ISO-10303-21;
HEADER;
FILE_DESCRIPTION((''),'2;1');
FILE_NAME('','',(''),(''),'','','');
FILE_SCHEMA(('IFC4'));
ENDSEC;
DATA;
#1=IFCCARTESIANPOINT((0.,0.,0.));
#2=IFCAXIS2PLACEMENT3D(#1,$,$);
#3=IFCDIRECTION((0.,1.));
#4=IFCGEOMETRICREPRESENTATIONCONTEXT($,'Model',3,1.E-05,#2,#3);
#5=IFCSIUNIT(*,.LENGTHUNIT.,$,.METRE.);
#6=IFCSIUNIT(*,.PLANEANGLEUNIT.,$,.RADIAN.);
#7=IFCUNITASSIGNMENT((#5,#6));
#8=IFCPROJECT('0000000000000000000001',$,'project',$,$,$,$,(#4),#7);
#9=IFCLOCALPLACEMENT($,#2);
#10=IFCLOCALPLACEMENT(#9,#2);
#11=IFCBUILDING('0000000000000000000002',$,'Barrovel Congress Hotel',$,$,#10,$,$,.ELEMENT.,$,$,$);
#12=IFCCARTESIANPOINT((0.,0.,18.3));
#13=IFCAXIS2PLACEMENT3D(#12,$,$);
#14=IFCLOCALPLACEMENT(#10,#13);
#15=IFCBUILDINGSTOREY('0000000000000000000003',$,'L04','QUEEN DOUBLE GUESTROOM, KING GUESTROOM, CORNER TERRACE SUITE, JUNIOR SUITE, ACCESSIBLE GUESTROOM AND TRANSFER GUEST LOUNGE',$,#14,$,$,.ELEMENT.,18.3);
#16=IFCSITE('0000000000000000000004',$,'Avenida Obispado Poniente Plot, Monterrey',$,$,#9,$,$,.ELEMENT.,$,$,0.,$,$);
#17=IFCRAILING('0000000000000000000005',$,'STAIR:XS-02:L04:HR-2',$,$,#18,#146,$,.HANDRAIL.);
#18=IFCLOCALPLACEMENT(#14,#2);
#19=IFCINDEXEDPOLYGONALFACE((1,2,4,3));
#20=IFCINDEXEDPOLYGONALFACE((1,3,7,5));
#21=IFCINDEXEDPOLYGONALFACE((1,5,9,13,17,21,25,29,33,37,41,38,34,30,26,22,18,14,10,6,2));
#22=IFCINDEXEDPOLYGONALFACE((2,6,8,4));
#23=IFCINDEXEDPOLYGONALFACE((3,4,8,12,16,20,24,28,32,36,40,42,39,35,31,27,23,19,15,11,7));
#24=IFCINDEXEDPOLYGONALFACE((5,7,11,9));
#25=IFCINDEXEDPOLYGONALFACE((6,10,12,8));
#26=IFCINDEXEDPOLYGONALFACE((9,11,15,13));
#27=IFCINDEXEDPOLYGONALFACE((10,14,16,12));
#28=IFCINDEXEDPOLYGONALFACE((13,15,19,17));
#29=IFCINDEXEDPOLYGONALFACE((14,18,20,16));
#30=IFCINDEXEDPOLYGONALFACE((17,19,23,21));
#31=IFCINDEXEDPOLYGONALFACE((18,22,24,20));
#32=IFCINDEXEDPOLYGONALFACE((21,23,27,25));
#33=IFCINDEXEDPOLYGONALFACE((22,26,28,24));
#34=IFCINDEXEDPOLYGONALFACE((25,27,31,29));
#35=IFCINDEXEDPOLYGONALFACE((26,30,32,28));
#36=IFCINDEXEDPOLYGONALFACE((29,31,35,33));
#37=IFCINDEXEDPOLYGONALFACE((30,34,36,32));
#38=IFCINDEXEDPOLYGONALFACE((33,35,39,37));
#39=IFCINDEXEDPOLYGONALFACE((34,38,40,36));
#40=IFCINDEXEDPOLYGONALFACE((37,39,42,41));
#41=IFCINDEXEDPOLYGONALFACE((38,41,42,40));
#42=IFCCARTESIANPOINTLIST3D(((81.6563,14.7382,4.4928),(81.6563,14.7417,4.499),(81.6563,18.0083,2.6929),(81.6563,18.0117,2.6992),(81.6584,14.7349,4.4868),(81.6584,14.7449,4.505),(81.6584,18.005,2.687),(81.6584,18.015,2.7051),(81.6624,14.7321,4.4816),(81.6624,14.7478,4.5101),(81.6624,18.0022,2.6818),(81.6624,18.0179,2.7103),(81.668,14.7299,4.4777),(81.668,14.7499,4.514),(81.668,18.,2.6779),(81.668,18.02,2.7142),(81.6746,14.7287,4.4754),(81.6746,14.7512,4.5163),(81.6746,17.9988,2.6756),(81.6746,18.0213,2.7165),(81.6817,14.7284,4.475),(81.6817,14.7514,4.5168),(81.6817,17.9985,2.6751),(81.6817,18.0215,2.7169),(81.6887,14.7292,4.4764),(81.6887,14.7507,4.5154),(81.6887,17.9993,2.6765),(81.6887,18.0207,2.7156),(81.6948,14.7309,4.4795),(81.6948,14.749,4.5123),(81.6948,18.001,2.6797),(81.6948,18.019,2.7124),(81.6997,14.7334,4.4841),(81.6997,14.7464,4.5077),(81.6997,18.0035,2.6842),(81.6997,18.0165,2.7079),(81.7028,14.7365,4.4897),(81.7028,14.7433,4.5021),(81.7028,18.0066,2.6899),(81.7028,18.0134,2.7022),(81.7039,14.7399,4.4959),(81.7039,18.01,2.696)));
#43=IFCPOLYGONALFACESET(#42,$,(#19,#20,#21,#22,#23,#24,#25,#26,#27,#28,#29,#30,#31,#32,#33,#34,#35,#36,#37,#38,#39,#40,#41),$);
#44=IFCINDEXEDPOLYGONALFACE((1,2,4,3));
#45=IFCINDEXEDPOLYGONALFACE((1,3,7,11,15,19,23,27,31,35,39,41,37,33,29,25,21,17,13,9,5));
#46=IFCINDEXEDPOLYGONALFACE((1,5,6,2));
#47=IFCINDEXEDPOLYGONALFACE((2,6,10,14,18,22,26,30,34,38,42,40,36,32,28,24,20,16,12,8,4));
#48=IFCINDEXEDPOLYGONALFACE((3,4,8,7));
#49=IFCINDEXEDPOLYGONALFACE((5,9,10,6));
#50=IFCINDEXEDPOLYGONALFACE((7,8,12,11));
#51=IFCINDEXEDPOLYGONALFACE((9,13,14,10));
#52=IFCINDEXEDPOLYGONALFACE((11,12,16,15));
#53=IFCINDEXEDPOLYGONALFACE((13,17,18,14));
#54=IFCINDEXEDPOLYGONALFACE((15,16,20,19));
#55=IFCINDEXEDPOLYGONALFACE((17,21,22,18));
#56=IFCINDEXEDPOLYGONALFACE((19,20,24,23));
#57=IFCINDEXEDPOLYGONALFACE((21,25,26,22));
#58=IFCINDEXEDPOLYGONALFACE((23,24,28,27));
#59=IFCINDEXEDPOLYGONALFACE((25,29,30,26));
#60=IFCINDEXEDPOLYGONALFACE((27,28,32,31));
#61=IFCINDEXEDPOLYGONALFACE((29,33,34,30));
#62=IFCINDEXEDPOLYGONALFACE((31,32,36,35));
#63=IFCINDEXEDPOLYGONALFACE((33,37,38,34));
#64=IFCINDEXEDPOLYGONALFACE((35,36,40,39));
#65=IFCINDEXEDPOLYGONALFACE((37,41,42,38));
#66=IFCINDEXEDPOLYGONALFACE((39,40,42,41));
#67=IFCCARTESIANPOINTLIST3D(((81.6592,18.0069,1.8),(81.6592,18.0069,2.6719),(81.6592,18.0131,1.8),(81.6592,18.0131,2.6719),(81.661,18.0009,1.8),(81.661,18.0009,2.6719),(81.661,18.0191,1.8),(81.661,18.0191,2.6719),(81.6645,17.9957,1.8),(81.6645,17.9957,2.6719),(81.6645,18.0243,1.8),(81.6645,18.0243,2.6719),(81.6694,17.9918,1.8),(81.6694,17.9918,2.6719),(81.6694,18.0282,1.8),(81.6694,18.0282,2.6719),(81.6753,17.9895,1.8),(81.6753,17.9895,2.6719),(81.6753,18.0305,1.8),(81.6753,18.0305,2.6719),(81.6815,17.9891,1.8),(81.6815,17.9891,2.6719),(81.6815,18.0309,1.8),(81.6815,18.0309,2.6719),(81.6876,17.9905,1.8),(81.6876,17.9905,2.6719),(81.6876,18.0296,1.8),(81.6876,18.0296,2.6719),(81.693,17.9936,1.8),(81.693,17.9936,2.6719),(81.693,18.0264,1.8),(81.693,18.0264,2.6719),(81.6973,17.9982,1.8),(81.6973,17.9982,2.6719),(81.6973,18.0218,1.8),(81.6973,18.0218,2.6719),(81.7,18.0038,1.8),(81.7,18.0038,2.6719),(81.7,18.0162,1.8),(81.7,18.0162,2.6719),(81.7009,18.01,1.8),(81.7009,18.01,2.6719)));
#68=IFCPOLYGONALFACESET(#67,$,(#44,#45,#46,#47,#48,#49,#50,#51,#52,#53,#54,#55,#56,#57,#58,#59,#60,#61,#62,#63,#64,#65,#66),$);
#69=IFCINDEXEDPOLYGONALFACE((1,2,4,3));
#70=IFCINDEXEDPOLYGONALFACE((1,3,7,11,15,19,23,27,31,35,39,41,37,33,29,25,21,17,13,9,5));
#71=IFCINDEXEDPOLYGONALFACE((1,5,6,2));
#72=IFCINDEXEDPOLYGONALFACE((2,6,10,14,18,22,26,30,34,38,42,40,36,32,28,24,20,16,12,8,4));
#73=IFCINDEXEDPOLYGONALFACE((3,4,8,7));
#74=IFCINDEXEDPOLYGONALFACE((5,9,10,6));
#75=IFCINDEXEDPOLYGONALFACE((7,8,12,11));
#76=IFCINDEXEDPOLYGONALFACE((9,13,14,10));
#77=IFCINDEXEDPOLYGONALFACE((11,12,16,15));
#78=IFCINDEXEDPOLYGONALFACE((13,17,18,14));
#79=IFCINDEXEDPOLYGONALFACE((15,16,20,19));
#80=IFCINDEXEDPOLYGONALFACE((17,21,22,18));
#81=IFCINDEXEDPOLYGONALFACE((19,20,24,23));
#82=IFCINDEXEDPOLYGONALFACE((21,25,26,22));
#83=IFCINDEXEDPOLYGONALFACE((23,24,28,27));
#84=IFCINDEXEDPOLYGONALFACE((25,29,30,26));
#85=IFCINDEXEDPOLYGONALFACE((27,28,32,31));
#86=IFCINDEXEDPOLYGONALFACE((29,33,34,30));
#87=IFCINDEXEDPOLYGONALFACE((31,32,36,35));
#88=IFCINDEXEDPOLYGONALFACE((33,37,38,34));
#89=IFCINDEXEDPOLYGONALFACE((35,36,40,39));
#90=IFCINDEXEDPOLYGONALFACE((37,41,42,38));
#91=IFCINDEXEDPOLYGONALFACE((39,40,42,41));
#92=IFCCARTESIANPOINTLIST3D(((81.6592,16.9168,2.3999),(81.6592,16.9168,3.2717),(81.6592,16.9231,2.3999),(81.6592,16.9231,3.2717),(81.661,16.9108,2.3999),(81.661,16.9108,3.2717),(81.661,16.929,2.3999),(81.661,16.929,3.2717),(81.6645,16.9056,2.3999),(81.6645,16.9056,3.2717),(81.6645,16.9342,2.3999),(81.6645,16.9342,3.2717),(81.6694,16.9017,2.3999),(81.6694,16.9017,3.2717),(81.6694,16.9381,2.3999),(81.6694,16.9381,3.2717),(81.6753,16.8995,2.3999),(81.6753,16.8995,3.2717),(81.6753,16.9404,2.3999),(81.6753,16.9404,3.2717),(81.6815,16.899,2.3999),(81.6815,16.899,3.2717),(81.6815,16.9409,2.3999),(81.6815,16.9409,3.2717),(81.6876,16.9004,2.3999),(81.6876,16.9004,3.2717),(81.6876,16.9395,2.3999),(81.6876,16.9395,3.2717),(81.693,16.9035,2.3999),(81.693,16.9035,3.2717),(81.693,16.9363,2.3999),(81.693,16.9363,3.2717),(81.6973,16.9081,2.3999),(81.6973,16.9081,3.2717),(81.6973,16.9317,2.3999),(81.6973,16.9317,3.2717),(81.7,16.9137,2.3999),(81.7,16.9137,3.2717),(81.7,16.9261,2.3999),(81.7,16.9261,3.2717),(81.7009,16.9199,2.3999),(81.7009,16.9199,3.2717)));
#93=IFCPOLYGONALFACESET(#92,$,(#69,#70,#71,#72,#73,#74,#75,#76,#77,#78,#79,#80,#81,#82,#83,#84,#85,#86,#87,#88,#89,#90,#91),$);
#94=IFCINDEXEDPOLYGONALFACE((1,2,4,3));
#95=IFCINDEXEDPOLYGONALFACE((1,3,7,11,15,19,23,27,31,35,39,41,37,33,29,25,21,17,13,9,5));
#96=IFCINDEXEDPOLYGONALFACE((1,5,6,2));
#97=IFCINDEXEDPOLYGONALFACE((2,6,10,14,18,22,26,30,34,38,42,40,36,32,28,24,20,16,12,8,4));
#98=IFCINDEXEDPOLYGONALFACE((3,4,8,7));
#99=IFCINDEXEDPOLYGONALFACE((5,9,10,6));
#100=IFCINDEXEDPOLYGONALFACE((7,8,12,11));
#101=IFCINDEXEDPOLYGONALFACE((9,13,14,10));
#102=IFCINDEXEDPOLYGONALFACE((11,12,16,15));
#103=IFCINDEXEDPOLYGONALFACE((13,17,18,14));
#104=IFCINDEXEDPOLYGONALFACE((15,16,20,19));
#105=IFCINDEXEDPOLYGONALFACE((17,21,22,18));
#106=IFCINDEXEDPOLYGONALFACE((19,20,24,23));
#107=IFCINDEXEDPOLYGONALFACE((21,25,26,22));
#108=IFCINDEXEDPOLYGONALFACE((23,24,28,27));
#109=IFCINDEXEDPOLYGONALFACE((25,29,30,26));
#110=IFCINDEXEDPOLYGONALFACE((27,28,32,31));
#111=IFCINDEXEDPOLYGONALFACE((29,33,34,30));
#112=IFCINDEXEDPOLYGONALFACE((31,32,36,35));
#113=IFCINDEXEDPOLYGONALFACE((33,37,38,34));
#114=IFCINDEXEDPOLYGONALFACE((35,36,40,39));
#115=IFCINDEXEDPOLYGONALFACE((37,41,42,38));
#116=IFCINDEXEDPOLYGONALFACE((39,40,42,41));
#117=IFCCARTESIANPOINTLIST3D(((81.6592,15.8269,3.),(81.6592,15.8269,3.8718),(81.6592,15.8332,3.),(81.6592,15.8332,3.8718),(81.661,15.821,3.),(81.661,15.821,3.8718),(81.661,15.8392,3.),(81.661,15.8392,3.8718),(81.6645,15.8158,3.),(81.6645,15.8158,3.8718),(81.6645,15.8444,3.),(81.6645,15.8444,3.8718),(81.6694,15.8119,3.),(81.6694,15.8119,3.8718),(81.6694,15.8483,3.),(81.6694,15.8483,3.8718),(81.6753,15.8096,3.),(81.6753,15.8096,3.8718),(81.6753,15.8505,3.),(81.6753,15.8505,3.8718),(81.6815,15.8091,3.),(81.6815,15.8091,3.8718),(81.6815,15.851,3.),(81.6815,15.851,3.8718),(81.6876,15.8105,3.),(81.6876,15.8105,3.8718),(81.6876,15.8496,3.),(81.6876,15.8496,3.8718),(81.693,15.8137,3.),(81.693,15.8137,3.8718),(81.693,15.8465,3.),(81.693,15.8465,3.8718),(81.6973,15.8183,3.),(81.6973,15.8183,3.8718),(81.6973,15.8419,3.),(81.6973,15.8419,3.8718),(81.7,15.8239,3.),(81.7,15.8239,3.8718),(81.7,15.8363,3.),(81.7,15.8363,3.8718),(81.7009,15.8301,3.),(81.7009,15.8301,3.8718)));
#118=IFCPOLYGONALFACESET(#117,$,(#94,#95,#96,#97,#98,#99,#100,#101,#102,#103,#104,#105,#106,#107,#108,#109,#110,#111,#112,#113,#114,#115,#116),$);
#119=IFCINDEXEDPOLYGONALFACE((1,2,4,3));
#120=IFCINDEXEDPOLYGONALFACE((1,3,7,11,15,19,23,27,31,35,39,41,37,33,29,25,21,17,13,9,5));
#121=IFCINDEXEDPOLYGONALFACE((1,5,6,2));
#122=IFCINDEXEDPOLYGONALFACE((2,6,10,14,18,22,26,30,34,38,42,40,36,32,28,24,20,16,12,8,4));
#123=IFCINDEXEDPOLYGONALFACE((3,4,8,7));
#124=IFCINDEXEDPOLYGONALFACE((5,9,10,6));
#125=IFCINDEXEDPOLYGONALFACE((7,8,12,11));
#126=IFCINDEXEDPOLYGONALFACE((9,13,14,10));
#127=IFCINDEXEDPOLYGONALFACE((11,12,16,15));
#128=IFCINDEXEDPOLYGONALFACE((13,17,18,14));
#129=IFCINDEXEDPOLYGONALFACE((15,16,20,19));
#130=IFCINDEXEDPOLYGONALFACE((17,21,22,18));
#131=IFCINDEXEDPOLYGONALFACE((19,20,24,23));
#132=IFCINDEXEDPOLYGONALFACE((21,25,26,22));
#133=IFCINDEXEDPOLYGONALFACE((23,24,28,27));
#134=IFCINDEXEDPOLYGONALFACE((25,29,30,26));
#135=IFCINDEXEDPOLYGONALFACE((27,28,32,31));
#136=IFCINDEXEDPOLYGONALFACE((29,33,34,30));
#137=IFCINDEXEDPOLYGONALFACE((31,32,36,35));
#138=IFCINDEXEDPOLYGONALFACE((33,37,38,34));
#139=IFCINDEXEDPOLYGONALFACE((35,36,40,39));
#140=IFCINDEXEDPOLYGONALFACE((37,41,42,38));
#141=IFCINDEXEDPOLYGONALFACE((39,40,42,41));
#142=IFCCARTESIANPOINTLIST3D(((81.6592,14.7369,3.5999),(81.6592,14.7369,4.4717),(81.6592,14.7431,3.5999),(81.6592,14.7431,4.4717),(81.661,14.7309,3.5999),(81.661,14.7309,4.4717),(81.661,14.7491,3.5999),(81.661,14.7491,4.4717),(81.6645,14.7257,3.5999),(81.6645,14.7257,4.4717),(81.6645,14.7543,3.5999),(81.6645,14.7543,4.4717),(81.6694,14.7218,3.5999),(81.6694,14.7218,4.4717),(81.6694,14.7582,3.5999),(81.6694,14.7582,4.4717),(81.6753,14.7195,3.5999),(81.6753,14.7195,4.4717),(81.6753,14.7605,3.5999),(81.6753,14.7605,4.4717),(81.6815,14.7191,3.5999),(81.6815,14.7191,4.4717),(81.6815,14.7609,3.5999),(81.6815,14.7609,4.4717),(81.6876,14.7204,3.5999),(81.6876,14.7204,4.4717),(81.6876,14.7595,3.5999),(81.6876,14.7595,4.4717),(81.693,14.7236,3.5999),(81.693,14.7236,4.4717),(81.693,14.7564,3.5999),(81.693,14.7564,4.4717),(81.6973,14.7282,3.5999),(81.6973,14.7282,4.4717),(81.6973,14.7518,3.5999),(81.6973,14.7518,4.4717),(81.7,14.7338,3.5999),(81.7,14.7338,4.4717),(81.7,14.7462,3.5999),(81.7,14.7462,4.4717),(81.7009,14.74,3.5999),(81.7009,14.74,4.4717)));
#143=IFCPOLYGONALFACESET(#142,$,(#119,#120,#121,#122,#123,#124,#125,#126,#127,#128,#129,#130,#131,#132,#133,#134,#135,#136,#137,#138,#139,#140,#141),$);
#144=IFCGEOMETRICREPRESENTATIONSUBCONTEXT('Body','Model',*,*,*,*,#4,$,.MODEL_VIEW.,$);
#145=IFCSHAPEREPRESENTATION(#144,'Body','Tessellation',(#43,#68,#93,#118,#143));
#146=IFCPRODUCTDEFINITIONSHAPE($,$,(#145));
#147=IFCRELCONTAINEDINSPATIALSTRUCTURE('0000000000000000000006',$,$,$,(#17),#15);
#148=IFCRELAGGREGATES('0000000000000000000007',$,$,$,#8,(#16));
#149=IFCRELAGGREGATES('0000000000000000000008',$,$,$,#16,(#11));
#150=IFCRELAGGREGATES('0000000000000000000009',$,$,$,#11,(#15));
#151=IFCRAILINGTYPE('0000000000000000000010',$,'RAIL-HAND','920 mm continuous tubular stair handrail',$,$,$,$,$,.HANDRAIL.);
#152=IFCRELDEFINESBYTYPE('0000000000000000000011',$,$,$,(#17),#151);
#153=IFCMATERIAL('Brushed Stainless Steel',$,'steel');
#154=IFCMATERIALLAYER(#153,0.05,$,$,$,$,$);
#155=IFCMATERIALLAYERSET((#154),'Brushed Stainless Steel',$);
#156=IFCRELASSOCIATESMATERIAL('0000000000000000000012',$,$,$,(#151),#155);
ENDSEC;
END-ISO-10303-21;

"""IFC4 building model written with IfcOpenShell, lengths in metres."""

from ifc_helpers import new_model, si_unit, direction, frame, origin, origin_2d, place, context, subcontext, project, spatial, circle, extrude, material, layer, layer_set, type_object, element, save


model = new_model("IFC4")

# Units and contexts
model_context = context("Model", 3, precision=1e-05, world=origin(), true_north=direction((0.0, 1.0)))
body_context = subcontext(model_context, "Body", "Model", "MODEL_VIEW")
ifc_project = project(units=[si_unit("LENGTHUNIT", "METRE"), si_unit("PLANEANGLEUNIT", "RADIAN")], contexts=[model_context])

# Site, building, storey
site_placement = place(None, origin())
site = spatial("IfcSite", under=ifc_project, at=site_placement, Name="Avenida Obispado Poniente Plot, Monterrey", CompositionType="ELEMENT", RefElevation=0.0)
building_placement = place(site_placement, origin())
building = spatial("IfcBuilding", under=site, at=building_placement, Name="Barrovel Congress Hotel", CompositionType="ELEMENT")
storey_placement = place(building_placement, frame((0.0, 0.0, 18.3)))
storey = spatial("IfcBuildingStorey", under=building, at=storey_placement, Name="L04", Description="QUEEN DOUBLE GUESTROOM, KING GUESTROOM, CORNER TERRACE SUITE, JUNIOR SUITE, ACCESSIBLE GUESTROOM AND TRANSFER GUEST LOUNGE", CompositionType="ELEMENT", Elevation=18.3)

# Shared definitions
ifc_material_1 = material(Name="Brushed Stainless Steel", Category="steel")

# Railing
ifc_layer_1 = layer(ifc_material_1, 0.05)
ifc_layer_set_1 = layer_set([ifc_layer_1], Name="Brushed Stainless Steel")
railing_type_1 = type_object("IfcRailingType", Name="RAIL-HAND", Description="920 mm continuous tubular stair handrail", PredefinedType="HANDRAIL", material=ifc_layer_set_1)
railing_1_placement = place(storey_placement, frame((81.6799, 18.01, 1.8)))
element("IfcRailing", 1, at=railing_1_placement, inside=storey, type_object=railing_type_1, Name="STAIR:XS-02:L04:HR-2", PredefinedType="HANDRAIL", context=body_context, shape_type="SweptSolid", body=[
    extrude(circle(Radius=0.0239, at=origin_2d()), frame((0.0, 0.0, 0.896), z_axis=(0.0, -0.876069, 0.482185), x_axis=(1.0, 0.0, 0.0)), (0.0, 0.0, 1.0), 3.7327),
    extrude(circle(Radius=0.021, at=origin_2d()), origin(), (0.0, 0.0, 1.0), 0.8718),
    extrude(circle(Radius=0.021, at=origin_2d()), frame((0.0, -1.0901, 0.5999)), (0.0, 0.0, 1.0), 0.8718),
    extrude(circle(Radius=0.021, at=origin_2d()), frame((0.0, -2.1799, 1.2)), (0.0, 0.0, 1.0), 0.8718),
    extrude(circle(Radius=0.021, at=origin_2d()), frame((0.0, -3.27, 1.7998)), (0.0, 0.0, 1.0), 0.8718),
])

save(model, "model.ifc")
